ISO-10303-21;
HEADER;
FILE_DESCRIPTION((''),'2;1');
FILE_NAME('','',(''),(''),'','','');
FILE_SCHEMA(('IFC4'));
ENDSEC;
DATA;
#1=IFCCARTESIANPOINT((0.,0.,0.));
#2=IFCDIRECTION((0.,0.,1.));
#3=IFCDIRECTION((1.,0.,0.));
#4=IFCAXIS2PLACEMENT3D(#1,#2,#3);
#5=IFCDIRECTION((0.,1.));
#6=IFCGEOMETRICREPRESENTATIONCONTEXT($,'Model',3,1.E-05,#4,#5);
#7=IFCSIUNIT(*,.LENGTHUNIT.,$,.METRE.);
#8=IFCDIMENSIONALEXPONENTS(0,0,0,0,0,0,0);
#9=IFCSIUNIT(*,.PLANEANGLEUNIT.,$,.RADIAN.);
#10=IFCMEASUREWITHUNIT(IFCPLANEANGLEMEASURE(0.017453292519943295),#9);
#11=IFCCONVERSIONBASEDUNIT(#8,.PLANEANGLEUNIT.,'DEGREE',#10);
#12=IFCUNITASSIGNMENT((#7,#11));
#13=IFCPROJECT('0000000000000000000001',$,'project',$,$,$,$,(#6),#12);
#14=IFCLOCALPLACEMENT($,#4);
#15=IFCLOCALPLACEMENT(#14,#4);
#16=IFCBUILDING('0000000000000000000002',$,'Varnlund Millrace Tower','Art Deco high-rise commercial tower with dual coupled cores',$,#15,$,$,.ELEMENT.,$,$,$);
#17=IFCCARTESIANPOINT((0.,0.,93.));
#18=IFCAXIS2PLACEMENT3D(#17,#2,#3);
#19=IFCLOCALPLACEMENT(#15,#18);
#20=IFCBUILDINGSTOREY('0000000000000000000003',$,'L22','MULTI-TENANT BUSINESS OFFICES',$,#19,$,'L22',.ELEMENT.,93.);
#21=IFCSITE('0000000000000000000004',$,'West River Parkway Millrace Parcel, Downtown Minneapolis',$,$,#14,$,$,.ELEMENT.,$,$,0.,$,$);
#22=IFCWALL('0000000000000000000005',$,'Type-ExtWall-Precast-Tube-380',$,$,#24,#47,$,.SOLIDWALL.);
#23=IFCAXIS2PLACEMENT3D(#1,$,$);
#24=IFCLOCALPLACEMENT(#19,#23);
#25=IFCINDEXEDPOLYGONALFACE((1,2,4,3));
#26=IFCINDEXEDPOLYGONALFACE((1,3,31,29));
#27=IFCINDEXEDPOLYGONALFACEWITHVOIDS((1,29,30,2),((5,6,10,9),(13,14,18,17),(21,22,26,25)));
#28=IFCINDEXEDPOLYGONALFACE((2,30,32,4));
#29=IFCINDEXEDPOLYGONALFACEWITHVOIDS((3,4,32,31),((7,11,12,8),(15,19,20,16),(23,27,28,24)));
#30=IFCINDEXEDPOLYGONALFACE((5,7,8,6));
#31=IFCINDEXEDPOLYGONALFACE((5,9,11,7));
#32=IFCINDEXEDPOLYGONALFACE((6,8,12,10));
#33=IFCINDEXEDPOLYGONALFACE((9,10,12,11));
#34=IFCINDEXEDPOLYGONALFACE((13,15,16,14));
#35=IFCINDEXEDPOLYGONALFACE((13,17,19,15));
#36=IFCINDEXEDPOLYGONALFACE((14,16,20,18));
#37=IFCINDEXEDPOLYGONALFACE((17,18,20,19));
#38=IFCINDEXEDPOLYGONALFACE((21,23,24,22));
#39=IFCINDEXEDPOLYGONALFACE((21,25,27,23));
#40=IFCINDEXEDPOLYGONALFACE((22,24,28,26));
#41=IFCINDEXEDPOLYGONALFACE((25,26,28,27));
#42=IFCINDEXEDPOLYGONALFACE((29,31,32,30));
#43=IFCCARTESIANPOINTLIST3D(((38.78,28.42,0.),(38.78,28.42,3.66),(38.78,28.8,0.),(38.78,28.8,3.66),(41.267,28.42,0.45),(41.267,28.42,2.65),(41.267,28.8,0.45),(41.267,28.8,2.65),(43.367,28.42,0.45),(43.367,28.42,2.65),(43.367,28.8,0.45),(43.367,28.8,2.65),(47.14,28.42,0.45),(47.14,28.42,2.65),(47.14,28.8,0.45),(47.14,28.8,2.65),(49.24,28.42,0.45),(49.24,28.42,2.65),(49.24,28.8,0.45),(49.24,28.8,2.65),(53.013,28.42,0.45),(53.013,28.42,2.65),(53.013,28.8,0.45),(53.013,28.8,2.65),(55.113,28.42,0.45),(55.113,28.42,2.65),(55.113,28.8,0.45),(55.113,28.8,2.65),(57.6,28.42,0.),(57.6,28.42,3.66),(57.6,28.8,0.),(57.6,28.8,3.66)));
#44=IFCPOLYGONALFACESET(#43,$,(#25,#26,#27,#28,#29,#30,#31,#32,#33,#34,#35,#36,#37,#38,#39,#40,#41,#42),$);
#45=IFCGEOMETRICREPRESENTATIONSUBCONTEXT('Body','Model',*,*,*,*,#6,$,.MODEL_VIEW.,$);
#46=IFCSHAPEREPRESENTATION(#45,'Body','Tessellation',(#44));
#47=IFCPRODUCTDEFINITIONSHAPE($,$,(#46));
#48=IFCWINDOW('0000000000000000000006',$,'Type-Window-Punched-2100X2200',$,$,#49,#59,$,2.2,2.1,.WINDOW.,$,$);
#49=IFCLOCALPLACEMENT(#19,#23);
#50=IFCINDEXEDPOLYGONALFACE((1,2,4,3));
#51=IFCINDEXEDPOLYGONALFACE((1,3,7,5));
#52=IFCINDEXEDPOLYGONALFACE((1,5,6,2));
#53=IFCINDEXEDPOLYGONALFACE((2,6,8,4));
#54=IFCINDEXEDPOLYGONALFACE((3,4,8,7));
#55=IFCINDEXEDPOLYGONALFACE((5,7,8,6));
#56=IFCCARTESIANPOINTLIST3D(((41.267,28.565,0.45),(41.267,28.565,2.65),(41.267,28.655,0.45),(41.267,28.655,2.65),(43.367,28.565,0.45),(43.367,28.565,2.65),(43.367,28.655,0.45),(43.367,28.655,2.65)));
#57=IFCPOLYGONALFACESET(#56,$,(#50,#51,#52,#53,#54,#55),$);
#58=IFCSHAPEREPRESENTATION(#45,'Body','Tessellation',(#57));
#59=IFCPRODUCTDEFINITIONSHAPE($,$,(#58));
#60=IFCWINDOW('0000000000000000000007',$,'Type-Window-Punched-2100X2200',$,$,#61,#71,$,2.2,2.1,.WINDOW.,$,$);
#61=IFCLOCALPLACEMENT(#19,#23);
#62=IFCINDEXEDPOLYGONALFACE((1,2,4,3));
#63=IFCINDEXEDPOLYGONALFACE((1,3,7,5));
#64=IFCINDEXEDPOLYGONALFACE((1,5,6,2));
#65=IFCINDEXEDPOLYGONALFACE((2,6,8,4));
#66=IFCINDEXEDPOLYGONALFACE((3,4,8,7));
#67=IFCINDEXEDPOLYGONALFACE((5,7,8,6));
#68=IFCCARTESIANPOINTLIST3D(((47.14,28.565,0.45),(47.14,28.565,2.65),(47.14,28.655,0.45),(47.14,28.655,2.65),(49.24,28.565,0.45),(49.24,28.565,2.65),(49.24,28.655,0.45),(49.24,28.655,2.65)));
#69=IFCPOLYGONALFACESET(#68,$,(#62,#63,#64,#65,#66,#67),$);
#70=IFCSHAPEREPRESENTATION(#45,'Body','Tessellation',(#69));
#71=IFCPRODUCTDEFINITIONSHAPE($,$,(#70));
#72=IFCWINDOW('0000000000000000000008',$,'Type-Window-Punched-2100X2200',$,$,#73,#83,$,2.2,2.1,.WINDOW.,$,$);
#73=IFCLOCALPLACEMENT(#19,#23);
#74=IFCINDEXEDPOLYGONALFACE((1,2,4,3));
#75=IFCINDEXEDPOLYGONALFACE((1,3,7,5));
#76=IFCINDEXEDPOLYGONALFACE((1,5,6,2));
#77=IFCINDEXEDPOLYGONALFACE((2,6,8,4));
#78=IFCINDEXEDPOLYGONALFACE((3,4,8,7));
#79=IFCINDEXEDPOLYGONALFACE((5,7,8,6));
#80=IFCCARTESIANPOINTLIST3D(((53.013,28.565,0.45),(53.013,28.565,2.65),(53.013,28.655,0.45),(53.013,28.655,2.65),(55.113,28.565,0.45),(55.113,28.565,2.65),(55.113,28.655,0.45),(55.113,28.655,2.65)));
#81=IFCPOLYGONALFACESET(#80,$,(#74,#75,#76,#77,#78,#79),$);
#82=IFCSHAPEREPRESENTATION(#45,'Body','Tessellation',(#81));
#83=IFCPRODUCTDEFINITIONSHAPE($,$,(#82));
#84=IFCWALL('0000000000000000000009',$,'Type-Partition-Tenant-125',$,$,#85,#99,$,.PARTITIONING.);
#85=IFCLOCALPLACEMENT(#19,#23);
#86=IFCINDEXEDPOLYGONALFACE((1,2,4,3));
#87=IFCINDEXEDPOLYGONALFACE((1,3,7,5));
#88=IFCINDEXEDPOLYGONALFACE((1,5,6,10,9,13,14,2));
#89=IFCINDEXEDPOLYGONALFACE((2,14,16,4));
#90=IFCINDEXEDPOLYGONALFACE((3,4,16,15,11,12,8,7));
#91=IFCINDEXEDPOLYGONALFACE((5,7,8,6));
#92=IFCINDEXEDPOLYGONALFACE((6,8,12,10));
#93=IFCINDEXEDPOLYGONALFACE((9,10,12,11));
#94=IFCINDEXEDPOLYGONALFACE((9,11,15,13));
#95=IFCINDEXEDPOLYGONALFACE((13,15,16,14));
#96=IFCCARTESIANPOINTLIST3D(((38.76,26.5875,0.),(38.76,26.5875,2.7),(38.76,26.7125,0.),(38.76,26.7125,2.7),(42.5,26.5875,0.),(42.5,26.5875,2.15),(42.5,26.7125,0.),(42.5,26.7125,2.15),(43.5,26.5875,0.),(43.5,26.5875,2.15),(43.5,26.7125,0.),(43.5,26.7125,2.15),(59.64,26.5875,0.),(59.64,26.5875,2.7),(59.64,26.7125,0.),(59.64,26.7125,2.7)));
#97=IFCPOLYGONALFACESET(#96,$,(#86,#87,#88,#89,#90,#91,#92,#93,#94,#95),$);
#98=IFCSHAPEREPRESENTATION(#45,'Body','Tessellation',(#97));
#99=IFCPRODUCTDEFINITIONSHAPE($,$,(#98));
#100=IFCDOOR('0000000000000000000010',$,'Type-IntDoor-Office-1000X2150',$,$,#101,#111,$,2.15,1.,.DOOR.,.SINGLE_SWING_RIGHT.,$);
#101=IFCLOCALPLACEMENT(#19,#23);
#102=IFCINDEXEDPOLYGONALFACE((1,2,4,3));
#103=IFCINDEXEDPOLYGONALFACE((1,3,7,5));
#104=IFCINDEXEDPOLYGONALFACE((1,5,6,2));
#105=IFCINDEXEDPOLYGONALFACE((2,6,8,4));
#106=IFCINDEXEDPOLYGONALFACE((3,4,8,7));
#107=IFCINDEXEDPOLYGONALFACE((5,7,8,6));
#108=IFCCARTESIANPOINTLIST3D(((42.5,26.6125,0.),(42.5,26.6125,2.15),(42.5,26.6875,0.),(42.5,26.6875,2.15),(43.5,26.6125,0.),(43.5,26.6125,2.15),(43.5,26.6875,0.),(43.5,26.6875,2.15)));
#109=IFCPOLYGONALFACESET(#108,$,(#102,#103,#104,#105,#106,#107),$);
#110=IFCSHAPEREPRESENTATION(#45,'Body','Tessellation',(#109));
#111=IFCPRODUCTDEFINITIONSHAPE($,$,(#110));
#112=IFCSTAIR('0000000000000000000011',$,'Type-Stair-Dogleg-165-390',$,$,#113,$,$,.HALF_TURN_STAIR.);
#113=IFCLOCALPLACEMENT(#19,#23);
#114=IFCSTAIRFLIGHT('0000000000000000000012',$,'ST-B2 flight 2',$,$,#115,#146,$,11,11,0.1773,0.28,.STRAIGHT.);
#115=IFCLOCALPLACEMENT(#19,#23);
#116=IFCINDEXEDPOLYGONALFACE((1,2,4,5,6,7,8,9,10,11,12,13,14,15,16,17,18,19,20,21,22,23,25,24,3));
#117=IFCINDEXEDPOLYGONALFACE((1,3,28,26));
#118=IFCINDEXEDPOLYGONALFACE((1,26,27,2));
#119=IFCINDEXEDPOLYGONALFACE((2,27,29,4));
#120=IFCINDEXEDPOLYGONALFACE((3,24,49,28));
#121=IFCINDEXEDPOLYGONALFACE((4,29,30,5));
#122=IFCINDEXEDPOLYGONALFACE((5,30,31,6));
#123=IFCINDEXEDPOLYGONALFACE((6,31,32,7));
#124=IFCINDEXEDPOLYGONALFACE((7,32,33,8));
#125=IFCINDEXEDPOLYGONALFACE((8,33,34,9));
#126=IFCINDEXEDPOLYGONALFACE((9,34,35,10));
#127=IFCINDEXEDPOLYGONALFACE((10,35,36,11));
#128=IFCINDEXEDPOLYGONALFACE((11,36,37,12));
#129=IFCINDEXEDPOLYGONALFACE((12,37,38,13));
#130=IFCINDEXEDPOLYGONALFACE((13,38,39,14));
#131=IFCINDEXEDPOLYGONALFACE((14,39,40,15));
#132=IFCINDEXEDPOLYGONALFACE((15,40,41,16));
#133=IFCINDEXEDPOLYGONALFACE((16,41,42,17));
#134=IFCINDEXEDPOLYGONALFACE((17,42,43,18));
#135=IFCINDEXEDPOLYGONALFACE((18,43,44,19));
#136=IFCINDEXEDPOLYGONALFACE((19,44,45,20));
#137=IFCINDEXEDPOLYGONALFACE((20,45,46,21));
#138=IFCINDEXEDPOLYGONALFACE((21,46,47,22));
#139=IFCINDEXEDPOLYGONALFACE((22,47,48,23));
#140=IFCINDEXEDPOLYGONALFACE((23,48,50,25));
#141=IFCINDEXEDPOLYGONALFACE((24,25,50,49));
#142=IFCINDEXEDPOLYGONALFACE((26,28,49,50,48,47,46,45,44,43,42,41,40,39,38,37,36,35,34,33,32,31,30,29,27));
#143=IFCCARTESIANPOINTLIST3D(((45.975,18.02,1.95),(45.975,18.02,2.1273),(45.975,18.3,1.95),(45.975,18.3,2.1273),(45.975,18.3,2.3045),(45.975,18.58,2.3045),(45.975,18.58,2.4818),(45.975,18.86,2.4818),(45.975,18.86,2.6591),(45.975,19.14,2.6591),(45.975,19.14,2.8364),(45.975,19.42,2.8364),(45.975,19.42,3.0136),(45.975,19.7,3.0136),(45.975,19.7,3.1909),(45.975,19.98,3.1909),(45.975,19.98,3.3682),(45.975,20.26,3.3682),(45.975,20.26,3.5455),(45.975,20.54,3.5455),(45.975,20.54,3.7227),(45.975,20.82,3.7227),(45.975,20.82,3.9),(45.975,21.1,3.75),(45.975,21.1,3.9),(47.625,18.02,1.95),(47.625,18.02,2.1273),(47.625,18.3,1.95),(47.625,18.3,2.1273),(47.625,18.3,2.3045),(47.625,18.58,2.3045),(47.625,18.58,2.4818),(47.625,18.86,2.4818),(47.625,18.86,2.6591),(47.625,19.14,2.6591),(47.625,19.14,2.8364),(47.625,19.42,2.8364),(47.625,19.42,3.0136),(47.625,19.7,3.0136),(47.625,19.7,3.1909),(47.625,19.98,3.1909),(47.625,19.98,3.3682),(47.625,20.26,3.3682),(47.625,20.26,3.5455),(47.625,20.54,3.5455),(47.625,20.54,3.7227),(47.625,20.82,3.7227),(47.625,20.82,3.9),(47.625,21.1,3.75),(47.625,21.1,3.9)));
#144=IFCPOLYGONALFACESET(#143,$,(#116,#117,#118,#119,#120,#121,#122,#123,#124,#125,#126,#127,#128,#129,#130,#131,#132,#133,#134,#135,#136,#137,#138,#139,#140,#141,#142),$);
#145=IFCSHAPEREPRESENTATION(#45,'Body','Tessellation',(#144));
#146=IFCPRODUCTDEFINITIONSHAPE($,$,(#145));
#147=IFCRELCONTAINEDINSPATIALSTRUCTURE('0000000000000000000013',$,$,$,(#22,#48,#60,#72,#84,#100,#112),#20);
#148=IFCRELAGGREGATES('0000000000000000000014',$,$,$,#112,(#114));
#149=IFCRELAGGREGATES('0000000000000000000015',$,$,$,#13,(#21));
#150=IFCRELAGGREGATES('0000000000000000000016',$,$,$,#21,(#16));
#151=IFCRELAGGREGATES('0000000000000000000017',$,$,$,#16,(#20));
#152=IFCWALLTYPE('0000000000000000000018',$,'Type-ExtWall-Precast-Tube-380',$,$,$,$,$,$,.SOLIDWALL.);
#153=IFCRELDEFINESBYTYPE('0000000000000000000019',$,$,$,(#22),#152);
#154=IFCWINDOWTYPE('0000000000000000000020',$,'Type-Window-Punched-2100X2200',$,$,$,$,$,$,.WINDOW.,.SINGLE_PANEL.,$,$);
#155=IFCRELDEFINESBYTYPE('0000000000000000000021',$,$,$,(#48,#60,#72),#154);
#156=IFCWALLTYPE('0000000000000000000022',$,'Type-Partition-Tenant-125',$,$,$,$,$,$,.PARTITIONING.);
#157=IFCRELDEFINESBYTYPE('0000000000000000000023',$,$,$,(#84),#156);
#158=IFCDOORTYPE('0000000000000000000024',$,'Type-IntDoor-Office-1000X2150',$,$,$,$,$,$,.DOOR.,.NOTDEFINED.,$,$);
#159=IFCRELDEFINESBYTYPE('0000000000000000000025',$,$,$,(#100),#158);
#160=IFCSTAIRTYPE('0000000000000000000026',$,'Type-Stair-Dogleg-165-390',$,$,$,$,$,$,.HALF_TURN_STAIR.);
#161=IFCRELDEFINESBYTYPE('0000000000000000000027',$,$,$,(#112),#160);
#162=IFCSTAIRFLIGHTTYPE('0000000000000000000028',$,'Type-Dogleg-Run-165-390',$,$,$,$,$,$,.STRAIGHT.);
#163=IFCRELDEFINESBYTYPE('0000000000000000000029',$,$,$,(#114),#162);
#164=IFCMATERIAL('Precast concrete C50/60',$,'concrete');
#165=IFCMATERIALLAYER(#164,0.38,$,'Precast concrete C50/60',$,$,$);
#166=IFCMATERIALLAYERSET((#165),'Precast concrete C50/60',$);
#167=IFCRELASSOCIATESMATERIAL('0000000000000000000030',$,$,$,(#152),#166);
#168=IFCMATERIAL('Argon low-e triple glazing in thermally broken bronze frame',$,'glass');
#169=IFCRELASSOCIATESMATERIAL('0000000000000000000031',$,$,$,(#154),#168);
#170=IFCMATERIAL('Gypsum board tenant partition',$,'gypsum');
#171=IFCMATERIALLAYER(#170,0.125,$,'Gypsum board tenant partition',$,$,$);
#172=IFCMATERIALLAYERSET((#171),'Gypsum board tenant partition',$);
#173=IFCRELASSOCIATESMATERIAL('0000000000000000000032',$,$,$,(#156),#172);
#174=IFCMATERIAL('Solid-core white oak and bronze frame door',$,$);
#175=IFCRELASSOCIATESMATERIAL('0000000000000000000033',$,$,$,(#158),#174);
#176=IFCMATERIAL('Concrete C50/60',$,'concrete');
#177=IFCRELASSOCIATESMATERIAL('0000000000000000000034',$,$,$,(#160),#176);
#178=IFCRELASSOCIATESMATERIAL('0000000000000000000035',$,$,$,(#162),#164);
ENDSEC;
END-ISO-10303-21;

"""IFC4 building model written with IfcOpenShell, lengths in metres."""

from ifc_helpers import new_model, entity, si_unit, converted_unit, direction, frame, origin_with_axes, origin_2d_with_axis, place, context, subcontext, project, spatial, polyline, rectangle, outline, extrude, material, layer, layer_set, type_object, element, fill, aggregate, save


model = new_model("IFC4")

# Units and contexts
model_context = context("Model", 3, precision=1e-05, world=origin_with_axes(), true_north=direction((0.0, 1.0)))
body_context = subcontext(model_context, "Body", "Model", "MODEL_VIEW")
ifc_project = project(units=[si_unit("LENGTHUNIT", "METRE"), converted_unit("PLANEANGLEUNIT", "DEGREE", entity("IfcPlaneAngleMeasure", 0.017453292519943295), si_unit("PLANEANGLEUNIT", "RADIAN"), dimensions=[0, 0, 0, 0, 0, 0, 0])], contexts=[model_context])

# Site, building, storey
site_placement = place(None, origin_with_axes())
site = spatial("IfcSite", under=ifc_project, at=site_placement, Name="West River Parkway Millrace Parcel, Downtown Minneapolis", CompositionType="ELEMENT", RefElevation=0.0)
building_placement = place(site_placement, origin_with_axes())
building = spatial("IfcBuilding", under=site, at=building_placement, Name="Varnlund Millrace Tower", Description="Art Deco high-rise commercial tower with dual coupled cores", CompositionType="ELEMENT")
storey_placement = place(building_placement, frame((0.0, 0.0, 93.0), z_axis=(0.0, 0.0, 1.0), x_axis=(1.0, 0.0, 0.0)))
storey = spatial("IfcBuildingStorey", under=building, at=storey_placement, Name="L22", Description="MULTI-TENANT BUSINESS OFFICES", LongName="L22", CompositionType="ELEMENT", Elevation=93.0)

# Shared definitions
ifc_material_1 = material(Name="Precast concrete C50/60", Category="concrete")
ifc_layer_1 = layer(ifc_material_1, 0.38, Name="Precast concrete C50/60")
ifc_layer_set_1 = layer_set([ifc_layer_1], Name="Precast concrete C50/60")
wall_type_1 = type_object("IfcWallType", Name="Type-ExtWall-Precast-Tube-380", PredefinedType="SOLIDWALL", material=ifc_layer_set_1)

# Wall, openings, windows
ifc_material_2 = material(Name="Argon low-e triple glazing in thermally broken bronze frame", Category="glass")
window_type = type_object("IfcWindowType", Name="Type-Window-Punched-2100X2200", PartitioningType="SINGLE_PANEL", PredefinedType="WINDOW", material=ifc_material_2)
wall_1_placement = place(storey_placement, frame((38.78, 28.61, 0.0), z_axis=(0.0, 0.0, 1.0), x_axis=(1.0, 0.0, 0.0)))
wall_1 = element("IfcWall", 1, at=wall_1_placement, inside=storey, type_object=wall_type_1, Name="Type-ExtWall-Precast-Tube-380", PredefinedType="SOLIDWALL", context=body_context, shape_type="SweptSolid", body=[
    extrude(outline(polyline([(0.0, -0.19), (18.82, -0.19), (18.82, 0.19), (0.0, 0.19), (0.0, -0.19)])), origin_with_axes(), (0.0, 0.0, 1.0), 3.66),
])
opening_1_placement = place(wall_1_placement, frame((3.537, 0.0, 0.45), z_axis=(0.0, 0.0, 1.0), x_axis=(1.0, 0.0, 0.0)))
opening_1 = element("IfcOpeningElement", 2, at=opening_1_placement, cuts=wall_1, PredefinedType="OPENING", context=body_context, shape_type="SweptSolid", body=[
    extrude(rectangle(XDim=2.1, YDim=0.4, at=origin_2d_with_axis()), origin_with_axes(), (0.0, 0.0, 1.0), 2.2),
])
opening_2_placement = place(wall_1_placement, frame((9.41, 0.0, 0.45), z_axis=(0.0, 0.0, 1.0), x_axis=(1.0, 0.0, 0.0)))
opening_2 = element("IfcOpeningElement", 3, at=opening_2_placement, cuts=wall_1, PredefinedType="OPENING", context=body_context, shape_type="SweptSolid", body=[
    extrude(rectangle(XDim=2.1, YDim=0.4, at=origin_2d_with_axis()), origin_with_axes(), (0.0, 0.0, 1.0), 2.2),
])
opening_3_placement = place(wall_1_placement, frame((15.283, 0.0, 0.45), z_axis=(0.0, 0.0, 1.0), x_axis=(1.0, 0.0, 0.0)))
opening_3 = element("IfcOpeningElement", 4, at=opening_3_placement, cuts=wall_1, PredefinedType="OPENING", context=body_context, shape_type="SweptSolid", body=[
    extrude(rectangle(XDim=2.1, YDim=0.4, at=origin_2d_with_axis()), origin_with_axes(), (0.0, 0.0, 1.0), 2.2),
])
window_1_placement = place(wall_1_placement, frame((3.537, 0.0, 0.45), z_axis=(0.0, 0.0, 1.0), x_axis=(1.0, 0.0, 0.0)))
window_1 = element("IfcWindow", 5, at=window_1_placement, inside=storey, type_object=window_type, Name="Type-Window-Punched-2100X2200", OverallHeight=2.2, OverallWidth=2.1, PredefinedType="WINDOW", context=body_context, shape_type="SweptSolid", body=[
    extrude(rectangle(XDim=2.1, YDim=0.09, at=origin_2d_with_axis()), origin_with_axes(), (0.0, 0.0, 1.0), 2.2),
])
fill(opening_1, window_1)
window_2_placement = place(wall_1_placement, frame((9.41, 0.0, 0.45), z_axis=(0.0, 0.0, 1.0), x_axis=(1.0, 0.0, 0.0)))
window_2 = element("IfcWindow", 6, at=window_2_placement, inside=storey, type_object=window_type, Name="Type-Window-Punched-2100X2200", OverallHeight=2.2, OverallWidth=2.1, PredefinedType="WINDOW", context=body_context, shape_type="SweptSolid", body=[
    extrude(rectangle(XDim=2.1, YDim=0.09, at=origin_2d_with_axis()), origin_with_axes(), (0.0, 0.0, 1.0), 2.2),
])
fill(opening_2, window_2)
window_3_placement = place(wall_1_placement, frame((15.283, 0.0, 0.45), z_axis=(0.0, 0.0, 1.0), x_axis=(1.0, 0.0, 0.0)))
window_3 = element("IfcWindow", 7, at=window_3_placement, inside=storey, type_object=window_type, Name="Type-Window-Punched-2100X2200", OverallHeight=2.2, OverallWidth=2.1, PredefinedType="WINDOW", context=body_context, shape_type="SweptSolid", body=[
    extrude(rectangle(XDim=2.1, YDim=0.09, at=origin_2d_with_axis()), origin_with_axes(), (0.0, 0.0, 1.0), 2.2),
])
fill(opening_3, window_3)

# Wall, opening, door
ifc_material_3 = material(Name="Gypsum board tenant partition", Category="gypsum")
ifc_layer_2 = layer(ifc_material_3, 0.125, Name="Gypsum board tenant partition")
ifc_layer_set_2 = layer_set([ifc_layer_2], Name="Gypsum board tenant partition")
wall_type_2 = type_object("IfcWallType", Name="Type-Partition-Tenant-125", PredefinedType="PARTITIONING", material=ifc_layer_set_2)
wall_2_placement = place(storey_placement, frame((38.76, 26.65, 0.0), z_axis=(0.0, 0.0, 1.0), x_axis=(1.0, 0.0, 0.0)))
wall_2 = element("IfcWall", 8, at=wall_2_placement, inside=storey, type_object=wall_type_2, Name="Type-Partition-Tenant-125", PredefinedType="PARTITIONING", context=body_context, shape_type="SweptSolid", body=[
    extrude(outline(polyline([(0.0, -0.0625), (20.88, -0.0625), (20.88, 0.0625), (0.0, 0.0625), (0.0, -0.0625)])), origin_with_axes(), (0.0, 0.0, 1.0), 2.7),
])
opening_4_placement = place(wall_2_placement, frame((4.24, 0.0, 0.0), z_axis=(0.0, 0.0, 1.0), x_axis=(1.0, 0.0, 0.0)))
opening_4 = element("IfcOpeningElement", 9, at=opening_4_placement, cuts=wall_2, PredefinedType="OPENING", context=body_context, shape_type="SweptSolid", body=[
    extrude(rectangle(XDim=1.0, YDim=0.145, at=origin_2d_with_axis()), origin_with_axes(), (0.0, 0.0, 1.0), 2.15),
])
ifc_material_4 = material(Name="Solid-core white oak and bronze frame door")
door_type = type_object("IfcDoorType", Name="Type-IntDoor-Office-1000X2150", OperationType="NOTDEFINED", PredefinedType="DOOR", material=ifc_material_4)
door_placement = place(wall_2_placement, frame((4.24, 0.0, 0.0), z_axis=(0.0, 0.0, 1.0), x_axis=(1.0, 0.0, 0.0)))
door = element("IfcDoor", 10, at=door_placement, inside=storey, type_object=door_type, Name="Type-IntDoor-Office-1000X2150", OperationType="SINGLE_SWING_RIGHT", OverallHeight=2.15, OverallWidth=1.0, PredefinedType="DOOR", context=body_context, shape_type="SweptSolid", body=[
    extrude(rectangle(XDim=1.0, YDim=0.075, at=origin_2d_with_axis()), origin_with_axes(), (0.0, 0.0, 1.0), 2.15),
])
fill(opening_4, door)

# Stair, stair flight
ifc_material_5 = material(Name="Concrete C50/60", Category="concrete")
stair_type = type_object("IfcStairType", Name="Type-Stair-Dogleg-165-390", PredefinedType="HALF_TURN_STAIR", material=ifc_material_5)
stair_placement = place(storey_placement, origin_with_axes())
stair = element("IfcStair", 11, at=stair_placement, inside=storey, type_object=stair_type, Name="Type-Stair-Dogleg-165-390", PredefinedType="HALF_TURN_STAIR")
stair_flight_type = type_object("IfcStairFlightType", Name="Type-Dogleg-Run-165-390", PredefinedType="STRAIGHT", material=ifc_material_1)
stair_flight_placement = place(storey_placement, frame((45.975, 18.02, 1.95), z_axis=(1.0, 0.0, 0.0), x_axis=(0.0, 1.0, 0.0)))
stair_flight = element("IfcStairFlight", 12, at=stair_flight_placement, type_object=stair_flight_type, Name="ST-B2 flight 2", NumberOfRisers=11, NumberOfTreads=11, PredefinedType="STRAIGHT", RiserHeight=0.1773, TreadLength=0.28, context=body_context, shape_type="SweptSolid", body=[
    extrude(outline(polyline([(0.0, 0.0), (0.0, 0.1773), (0.28, 0.1773), (0.28, 0.3545), (0.56, 0.3545), (0.56, 0.5318), (0.84, 0.5318), (0.84, 0.7091), (1.12, 0.7091), (1.12, 0.8864), (1.4, 0.8864), (1.4, 1.0636), (1.68, 1.0636), (1.68, 1.2409), (1.96, 1.2409), (1.96, 1.4182), (2.24, 1.4182), (2.24, 1.5955), (2.52, 1.5955), (2.52, 1.7727), (2.8, 1.7727), (2.8, 1.95), (3.08, 1.95), (3.08, 1.8), (0.28, 0.0), (0.0, 0.0)])), origin_with_axes(), (0.0, 0.0, 1.0), 1.65),
])
aggregate(stair, [stair_flight])

save(model, "model.ifc")
